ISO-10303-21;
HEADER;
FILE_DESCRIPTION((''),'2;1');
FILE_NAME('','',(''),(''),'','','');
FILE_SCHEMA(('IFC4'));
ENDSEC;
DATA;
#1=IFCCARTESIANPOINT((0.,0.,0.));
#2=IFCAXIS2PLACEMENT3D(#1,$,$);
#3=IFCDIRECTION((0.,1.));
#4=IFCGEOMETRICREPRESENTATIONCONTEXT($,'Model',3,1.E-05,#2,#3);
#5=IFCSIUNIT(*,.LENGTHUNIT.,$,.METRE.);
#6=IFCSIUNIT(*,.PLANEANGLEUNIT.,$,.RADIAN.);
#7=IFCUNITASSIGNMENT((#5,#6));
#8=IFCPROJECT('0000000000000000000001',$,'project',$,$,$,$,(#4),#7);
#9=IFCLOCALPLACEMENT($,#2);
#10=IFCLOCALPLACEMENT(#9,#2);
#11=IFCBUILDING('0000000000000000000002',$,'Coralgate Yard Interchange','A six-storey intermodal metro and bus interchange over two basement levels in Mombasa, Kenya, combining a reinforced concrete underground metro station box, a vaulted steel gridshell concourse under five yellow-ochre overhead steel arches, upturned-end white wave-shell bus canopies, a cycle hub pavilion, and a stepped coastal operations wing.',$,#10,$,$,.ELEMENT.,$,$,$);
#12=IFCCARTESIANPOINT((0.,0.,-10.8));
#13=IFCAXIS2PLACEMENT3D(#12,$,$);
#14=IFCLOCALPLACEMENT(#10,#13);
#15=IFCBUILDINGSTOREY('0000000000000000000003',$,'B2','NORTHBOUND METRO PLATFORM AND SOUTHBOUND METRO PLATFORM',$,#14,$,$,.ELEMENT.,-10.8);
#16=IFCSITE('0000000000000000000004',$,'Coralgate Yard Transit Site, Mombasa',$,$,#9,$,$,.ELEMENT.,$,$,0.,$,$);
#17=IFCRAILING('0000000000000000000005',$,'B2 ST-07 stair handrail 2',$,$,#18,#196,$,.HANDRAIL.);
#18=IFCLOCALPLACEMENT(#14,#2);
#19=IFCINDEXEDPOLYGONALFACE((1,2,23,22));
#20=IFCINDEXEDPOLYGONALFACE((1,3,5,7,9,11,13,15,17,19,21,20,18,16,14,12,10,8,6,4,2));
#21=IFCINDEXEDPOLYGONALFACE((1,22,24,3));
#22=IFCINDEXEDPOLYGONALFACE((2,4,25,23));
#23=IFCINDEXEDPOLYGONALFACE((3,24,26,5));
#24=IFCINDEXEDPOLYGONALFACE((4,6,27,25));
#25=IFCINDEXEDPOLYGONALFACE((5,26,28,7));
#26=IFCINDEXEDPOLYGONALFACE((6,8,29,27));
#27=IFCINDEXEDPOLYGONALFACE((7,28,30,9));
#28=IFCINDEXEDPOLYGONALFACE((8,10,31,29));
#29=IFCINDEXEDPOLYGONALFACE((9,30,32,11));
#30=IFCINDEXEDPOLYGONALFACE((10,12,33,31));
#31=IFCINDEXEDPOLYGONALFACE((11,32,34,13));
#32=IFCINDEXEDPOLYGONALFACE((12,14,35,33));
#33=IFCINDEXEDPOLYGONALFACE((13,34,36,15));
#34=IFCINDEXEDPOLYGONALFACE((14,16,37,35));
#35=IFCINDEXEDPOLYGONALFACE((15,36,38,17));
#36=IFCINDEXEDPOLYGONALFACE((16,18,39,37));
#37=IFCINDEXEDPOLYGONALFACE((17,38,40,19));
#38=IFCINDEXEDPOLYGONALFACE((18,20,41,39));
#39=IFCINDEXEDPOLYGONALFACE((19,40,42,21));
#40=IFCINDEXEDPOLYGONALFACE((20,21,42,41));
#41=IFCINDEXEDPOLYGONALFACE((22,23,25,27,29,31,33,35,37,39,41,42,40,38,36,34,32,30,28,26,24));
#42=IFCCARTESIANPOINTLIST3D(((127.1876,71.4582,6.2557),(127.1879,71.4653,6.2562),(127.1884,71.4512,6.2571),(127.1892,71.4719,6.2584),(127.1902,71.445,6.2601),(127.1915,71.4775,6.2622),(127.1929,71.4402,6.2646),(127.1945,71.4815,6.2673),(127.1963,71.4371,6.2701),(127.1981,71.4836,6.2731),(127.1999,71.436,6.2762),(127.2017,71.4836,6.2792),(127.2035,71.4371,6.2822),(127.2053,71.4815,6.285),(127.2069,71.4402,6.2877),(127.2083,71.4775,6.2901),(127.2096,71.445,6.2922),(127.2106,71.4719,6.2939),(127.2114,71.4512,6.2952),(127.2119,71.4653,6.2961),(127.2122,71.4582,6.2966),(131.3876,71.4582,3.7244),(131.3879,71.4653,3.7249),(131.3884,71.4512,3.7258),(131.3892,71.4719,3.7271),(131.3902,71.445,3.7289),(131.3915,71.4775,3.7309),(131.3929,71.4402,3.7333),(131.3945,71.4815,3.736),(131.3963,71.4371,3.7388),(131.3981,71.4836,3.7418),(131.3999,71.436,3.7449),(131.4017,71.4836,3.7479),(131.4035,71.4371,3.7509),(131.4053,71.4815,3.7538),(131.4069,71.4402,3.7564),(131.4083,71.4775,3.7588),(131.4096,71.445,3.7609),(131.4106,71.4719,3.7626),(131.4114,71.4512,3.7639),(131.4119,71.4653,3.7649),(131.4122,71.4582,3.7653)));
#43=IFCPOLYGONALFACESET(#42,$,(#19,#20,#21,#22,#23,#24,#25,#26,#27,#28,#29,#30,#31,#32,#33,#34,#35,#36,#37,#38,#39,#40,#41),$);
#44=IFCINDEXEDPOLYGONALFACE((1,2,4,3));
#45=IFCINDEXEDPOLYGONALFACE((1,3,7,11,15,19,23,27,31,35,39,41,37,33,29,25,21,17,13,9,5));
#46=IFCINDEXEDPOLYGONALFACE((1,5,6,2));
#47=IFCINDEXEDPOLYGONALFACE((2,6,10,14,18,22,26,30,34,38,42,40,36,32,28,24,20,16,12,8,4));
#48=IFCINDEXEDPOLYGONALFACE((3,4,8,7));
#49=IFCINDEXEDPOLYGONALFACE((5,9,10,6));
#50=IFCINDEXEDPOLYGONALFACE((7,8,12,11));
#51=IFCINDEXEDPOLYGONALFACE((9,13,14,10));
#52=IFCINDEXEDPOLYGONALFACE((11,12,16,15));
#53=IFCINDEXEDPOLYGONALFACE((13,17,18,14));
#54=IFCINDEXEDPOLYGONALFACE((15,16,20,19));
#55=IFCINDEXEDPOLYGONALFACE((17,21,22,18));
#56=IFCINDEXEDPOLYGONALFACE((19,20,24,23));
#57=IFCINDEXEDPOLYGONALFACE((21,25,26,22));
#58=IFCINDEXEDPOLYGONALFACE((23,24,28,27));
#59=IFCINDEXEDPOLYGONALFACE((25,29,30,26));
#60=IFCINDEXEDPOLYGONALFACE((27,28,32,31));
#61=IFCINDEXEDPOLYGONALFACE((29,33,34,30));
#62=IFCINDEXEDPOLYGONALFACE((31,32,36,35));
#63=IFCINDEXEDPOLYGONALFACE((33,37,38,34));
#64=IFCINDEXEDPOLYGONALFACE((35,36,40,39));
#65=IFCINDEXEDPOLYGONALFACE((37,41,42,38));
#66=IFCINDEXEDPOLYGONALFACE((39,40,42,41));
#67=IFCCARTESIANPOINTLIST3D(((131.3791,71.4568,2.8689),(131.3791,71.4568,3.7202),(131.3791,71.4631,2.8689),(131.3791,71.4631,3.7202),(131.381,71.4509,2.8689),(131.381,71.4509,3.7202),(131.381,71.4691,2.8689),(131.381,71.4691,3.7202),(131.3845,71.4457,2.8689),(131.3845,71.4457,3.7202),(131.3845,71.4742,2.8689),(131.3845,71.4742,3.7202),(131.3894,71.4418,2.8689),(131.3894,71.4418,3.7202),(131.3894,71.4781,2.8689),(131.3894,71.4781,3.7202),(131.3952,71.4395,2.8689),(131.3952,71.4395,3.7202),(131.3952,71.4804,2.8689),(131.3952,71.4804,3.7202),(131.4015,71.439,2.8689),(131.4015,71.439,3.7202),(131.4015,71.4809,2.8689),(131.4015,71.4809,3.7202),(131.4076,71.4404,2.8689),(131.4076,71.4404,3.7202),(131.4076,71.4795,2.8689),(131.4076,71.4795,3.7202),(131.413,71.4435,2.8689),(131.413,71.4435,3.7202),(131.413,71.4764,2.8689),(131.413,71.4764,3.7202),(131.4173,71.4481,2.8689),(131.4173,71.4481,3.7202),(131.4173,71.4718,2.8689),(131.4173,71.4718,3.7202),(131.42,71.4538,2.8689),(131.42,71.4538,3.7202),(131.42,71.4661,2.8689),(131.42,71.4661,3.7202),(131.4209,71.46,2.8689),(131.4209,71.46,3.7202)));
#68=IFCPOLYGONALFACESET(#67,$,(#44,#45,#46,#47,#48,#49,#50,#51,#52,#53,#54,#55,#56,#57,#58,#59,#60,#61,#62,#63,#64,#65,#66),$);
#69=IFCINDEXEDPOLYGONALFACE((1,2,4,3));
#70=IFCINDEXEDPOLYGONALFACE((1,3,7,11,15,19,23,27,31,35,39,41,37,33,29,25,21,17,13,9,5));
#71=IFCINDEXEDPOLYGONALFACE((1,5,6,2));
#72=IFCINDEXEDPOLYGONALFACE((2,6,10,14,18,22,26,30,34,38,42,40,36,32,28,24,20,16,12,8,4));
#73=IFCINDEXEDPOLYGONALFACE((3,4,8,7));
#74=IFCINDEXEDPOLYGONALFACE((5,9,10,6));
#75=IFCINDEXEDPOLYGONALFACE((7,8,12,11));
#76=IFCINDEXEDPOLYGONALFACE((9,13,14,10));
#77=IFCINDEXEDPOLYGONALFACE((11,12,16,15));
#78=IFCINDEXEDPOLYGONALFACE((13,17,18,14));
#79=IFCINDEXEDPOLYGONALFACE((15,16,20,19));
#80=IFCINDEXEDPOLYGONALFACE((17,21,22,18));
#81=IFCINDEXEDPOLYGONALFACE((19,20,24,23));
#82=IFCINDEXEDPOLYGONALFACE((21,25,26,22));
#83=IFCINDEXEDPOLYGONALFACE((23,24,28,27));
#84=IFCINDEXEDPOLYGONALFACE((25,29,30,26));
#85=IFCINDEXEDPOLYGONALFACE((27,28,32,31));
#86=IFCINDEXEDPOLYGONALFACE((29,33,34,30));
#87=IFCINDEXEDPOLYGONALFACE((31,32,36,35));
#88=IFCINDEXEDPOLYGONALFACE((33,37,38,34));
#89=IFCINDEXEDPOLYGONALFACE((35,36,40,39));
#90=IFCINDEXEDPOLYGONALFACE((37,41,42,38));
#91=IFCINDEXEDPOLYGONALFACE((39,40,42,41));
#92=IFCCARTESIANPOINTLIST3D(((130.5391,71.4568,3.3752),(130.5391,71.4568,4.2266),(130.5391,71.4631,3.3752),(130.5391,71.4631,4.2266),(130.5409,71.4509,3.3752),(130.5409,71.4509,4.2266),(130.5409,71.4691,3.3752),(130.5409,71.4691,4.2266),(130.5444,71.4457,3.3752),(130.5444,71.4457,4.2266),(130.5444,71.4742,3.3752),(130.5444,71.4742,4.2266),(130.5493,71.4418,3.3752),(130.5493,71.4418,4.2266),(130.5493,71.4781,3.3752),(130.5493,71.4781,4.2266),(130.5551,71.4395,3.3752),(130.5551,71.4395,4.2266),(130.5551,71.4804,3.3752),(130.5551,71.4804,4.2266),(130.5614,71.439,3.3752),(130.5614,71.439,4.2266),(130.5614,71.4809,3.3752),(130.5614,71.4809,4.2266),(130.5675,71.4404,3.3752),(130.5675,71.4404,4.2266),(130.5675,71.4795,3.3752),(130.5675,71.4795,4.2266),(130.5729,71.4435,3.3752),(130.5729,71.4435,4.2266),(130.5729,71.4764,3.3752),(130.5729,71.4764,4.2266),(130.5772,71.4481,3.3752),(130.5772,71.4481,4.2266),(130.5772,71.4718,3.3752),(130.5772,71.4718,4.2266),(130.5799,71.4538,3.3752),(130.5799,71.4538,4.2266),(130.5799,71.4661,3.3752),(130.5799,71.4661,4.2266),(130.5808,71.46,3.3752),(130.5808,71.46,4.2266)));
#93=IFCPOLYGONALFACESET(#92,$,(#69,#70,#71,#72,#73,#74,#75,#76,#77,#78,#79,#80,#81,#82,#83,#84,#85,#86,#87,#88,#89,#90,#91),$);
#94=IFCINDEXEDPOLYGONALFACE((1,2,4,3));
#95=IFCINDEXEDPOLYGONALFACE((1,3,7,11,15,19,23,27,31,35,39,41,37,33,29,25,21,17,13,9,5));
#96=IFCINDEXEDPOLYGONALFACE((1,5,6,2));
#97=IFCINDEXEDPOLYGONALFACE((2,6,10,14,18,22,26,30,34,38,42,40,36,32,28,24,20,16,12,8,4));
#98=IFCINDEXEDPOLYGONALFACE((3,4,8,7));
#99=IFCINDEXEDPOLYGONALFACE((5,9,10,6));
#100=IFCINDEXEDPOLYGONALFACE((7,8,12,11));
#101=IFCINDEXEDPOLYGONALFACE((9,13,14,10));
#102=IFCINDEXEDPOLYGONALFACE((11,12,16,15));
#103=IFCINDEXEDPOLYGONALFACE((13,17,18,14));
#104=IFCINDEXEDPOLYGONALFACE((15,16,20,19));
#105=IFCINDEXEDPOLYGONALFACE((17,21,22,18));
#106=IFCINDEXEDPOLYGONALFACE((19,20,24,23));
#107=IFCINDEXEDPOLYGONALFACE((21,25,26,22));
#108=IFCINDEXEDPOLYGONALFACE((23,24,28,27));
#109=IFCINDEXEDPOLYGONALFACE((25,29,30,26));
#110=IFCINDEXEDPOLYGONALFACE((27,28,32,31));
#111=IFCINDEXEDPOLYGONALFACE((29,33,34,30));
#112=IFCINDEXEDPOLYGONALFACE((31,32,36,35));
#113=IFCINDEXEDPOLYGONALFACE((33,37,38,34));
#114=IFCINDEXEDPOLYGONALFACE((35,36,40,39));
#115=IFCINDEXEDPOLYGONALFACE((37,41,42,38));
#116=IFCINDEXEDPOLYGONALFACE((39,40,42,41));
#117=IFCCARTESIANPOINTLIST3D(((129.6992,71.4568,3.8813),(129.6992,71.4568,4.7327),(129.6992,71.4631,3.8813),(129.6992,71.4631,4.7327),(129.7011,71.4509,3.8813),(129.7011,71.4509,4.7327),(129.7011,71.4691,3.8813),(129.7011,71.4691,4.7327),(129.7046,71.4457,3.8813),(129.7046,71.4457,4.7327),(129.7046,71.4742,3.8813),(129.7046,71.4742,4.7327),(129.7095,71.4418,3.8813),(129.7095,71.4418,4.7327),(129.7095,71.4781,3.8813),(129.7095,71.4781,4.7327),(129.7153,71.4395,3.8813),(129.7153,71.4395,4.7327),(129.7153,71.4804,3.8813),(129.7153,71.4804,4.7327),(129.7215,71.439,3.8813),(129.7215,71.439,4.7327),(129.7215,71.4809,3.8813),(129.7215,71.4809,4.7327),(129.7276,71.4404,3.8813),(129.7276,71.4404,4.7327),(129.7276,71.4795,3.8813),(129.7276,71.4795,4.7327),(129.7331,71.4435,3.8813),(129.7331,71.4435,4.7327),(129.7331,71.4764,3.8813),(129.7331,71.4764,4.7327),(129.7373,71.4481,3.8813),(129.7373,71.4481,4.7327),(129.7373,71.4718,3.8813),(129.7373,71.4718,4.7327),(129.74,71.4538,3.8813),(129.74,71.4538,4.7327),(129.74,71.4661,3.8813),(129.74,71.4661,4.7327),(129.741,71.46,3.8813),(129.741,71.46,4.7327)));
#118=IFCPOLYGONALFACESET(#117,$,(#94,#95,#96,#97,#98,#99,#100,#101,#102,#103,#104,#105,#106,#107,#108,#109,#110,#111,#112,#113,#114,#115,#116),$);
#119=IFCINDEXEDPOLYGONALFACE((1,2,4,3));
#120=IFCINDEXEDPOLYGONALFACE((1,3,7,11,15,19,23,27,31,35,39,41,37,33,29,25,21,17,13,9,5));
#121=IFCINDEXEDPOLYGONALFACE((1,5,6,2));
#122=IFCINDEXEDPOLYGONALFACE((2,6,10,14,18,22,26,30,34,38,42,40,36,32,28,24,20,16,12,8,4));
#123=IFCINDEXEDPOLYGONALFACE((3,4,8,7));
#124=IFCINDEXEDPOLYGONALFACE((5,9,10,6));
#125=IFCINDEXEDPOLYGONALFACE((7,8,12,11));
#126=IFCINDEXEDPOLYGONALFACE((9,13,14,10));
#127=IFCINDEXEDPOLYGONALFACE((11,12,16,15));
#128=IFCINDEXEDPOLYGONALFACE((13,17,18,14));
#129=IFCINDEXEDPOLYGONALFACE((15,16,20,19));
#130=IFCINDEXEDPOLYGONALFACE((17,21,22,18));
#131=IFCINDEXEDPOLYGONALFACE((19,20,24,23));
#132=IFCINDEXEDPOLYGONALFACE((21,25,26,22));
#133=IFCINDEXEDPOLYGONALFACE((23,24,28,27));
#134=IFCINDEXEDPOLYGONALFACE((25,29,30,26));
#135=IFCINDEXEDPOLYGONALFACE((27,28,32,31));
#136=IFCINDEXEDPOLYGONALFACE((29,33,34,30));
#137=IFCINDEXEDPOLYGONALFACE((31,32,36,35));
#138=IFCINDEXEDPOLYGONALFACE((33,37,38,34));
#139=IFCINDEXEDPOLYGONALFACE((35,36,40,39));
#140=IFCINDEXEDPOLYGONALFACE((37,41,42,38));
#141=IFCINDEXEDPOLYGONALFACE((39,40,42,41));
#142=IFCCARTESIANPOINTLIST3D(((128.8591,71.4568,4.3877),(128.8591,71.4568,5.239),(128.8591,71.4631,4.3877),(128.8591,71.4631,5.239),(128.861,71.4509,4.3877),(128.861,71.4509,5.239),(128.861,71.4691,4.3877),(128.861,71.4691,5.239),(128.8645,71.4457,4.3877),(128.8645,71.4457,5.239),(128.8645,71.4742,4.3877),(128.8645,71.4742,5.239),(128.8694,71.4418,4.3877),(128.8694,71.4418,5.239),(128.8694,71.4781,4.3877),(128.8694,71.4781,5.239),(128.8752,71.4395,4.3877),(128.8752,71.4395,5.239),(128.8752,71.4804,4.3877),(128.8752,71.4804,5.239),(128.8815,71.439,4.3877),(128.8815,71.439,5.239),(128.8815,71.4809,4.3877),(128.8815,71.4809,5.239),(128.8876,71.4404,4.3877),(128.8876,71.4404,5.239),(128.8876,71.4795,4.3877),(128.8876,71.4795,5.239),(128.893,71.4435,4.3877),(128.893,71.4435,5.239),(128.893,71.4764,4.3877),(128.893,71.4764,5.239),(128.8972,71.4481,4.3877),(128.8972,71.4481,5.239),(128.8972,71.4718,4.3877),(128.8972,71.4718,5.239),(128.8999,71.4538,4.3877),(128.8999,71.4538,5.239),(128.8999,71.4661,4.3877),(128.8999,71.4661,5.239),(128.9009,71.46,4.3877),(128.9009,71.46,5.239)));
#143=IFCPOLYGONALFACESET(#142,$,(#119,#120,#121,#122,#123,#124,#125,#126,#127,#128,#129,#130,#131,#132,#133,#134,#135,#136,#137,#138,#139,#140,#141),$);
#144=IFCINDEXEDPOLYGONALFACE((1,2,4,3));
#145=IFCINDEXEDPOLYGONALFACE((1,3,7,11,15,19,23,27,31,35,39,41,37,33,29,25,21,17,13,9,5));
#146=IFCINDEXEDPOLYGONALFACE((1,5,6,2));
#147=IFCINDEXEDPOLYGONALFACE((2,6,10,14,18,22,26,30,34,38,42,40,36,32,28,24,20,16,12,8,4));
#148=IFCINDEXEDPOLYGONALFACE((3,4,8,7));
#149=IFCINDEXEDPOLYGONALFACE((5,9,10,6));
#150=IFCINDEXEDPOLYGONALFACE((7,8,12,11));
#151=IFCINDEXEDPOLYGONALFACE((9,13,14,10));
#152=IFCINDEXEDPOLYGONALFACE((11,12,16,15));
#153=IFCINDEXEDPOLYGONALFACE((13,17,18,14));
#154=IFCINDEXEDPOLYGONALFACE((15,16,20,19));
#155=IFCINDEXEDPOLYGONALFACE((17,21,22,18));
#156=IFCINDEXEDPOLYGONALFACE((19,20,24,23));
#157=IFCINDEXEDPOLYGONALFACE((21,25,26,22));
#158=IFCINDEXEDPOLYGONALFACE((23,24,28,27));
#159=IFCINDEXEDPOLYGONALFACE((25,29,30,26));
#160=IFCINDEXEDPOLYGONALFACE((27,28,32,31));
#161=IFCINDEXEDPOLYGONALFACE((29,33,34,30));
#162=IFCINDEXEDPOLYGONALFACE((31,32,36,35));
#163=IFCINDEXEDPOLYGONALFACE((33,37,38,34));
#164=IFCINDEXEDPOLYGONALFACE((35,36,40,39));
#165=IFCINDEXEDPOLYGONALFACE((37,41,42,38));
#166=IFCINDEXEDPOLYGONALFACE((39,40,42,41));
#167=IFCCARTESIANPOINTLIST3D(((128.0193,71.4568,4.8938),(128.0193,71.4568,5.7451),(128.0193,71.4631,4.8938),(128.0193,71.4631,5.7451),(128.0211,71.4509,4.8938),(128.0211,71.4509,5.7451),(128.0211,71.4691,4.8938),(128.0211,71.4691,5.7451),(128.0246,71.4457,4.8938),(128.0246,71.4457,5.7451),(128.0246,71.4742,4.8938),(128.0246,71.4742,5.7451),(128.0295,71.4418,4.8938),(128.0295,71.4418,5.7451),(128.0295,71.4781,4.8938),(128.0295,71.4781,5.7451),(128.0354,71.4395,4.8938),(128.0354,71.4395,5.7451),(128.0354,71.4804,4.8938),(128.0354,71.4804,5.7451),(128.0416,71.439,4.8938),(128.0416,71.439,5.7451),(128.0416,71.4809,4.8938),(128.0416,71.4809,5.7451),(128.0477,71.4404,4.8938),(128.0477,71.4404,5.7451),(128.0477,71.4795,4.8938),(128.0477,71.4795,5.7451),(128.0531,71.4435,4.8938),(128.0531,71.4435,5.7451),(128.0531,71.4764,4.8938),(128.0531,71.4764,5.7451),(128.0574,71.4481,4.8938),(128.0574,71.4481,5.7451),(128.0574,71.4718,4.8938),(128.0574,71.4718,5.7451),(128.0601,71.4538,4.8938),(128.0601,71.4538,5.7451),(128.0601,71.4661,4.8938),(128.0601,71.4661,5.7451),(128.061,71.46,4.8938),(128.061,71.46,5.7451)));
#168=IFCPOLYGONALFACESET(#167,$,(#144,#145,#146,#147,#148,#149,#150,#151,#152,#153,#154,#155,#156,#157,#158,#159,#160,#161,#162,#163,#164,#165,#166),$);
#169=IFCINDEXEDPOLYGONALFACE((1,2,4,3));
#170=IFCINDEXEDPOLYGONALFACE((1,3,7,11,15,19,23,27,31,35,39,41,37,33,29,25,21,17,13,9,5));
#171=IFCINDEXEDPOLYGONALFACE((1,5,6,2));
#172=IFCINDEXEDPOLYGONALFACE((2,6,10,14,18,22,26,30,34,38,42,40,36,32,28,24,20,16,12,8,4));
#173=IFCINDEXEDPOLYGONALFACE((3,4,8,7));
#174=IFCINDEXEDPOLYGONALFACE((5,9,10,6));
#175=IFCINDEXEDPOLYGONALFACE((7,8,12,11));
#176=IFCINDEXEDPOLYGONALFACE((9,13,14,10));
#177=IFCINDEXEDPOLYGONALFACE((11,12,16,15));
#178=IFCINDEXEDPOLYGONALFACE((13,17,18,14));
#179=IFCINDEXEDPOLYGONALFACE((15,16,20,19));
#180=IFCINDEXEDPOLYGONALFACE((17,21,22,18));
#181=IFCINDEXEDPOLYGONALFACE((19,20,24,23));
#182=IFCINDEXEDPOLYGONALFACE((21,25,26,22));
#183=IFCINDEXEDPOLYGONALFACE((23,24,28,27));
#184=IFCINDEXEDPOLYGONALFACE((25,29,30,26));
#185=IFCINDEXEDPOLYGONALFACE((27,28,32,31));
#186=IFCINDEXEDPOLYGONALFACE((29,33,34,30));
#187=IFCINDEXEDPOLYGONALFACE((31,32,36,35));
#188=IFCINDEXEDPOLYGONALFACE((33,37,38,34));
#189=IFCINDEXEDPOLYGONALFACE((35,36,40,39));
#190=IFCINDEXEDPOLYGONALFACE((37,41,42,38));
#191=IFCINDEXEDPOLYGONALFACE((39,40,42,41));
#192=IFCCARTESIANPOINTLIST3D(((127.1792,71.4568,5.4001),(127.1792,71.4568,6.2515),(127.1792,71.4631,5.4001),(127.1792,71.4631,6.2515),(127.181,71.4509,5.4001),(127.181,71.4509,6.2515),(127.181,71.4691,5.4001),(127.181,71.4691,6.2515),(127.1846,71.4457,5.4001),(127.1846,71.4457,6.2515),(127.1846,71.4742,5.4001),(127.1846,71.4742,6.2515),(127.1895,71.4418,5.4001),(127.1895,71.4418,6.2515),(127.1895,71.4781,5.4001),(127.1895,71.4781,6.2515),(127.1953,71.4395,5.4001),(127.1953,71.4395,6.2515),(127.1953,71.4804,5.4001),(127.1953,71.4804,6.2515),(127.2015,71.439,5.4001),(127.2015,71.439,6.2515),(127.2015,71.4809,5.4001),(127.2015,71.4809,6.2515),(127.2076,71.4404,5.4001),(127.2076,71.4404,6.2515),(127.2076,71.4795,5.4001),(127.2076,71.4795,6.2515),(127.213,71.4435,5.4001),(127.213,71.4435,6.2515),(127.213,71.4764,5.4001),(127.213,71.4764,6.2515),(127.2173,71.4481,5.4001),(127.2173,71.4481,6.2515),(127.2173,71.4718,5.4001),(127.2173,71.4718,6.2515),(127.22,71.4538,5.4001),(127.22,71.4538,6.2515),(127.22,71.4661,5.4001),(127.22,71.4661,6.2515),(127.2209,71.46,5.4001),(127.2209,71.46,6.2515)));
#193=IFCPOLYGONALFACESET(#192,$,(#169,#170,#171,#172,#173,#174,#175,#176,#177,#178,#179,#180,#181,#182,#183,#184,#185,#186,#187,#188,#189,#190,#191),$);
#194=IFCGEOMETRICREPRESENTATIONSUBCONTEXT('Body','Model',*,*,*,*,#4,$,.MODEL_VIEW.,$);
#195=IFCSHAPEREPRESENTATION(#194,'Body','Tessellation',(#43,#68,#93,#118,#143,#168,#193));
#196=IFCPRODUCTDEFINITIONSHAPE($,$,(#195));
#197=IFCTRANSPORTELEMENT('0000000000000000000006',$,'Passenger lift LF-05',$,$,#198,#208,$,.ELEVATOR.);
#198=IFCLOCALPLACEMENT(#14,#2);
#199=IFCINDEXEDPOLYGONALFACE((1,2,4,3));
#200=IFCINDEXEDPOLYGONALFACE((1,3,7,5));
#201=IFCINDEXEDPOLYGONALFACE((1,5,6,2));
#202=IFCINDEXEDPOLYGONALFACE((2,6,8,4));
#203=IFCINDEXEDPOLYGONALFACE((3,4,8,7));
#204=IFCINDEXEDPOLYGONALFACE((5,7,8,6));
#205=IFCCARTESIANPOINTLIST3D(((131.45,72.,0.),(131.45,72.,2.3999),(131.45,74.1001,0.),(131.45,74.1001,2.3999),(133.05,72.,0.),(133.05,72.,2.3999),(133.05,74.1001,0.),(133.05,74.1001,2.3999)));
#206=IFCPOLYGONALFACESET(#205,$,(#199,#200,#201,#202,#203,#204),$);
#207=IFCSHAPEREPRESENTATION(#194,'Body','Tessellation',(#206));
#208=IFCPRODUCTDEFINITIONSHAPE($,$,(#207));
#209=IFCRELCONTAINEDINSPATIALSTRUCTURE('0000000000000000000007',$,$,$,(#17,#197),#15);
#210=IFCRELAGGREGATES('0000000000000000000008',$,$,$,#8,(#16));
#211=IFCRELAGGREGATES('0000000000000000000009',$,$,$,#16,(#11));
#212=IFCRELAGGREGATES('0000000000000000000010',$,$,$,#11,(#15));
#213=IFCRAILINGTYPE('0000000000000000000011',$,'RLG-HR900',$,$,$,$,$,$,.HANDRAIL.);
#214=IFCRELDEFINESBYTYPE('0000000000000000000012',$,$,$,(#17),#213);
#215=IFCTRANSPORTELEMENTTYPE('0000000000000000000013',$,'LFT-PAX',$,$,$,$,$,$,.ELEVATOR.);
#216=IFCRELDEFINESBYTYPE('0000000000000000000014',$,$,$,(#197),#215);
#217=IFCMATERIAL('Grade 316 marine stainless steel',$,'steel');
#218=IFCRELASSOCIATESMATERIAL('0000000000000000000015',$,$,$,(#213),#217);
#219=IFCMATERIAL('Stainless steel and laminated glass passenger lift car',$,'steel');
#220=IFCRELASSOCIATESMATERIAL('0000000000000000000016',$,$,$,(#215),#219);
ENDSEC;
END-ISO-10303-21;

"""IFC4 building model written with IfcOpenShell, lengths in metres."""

from ifc_helpers import new_model, si_unit, direction, frame, origin, origin_2d, place, context, subcontext, project, spatial, rectangle, circle, extrude, material, type_object, element, save


model = new_model("IFC4")

# Units and contexts
model_context = context("Model", 3, precision=1e-05, world=origin(), true_north=direction((0.0, 1.0)))
body_context = subcontext(model_context, "Body", "Model", "MODEL_VIEW")
ifc_project = project(units=[si_unit("LENGTHUNIT", "METRE"), si_unit("PLANEANGLEUNIT", "RADIAN")], contexts=[model_context])

# Site, building, storey
site_placement = place(None, origin())
site = spatial("IfcSite", under=ifc_project, at=site_placement, Name="Coralgate Yard Transit Site, Mombasa", CompositionType="ELEMENT", RefElevation=0.0)
building_placement = place(site_placement, origin())
building = spatial("IfcBuilding", under=site, at=building_placement, Name="Coralgate Yard Interchange", Description="A six-storey intermodal metro and bus interchange over two basement levels in Mombasa, Kenya, combining a reinforced concrete underground metro station box, a vaulted steel gridshell concourse under five yellow-ochre overhead steel arches, upturned-end white wave-shell bus canopies, a cycle hub pavilion, and a stepped coastal operations wing.", CompositionType="ELEMENT")
storey_placement = place(building_placement, frame((0.0, 0.0, -10.8)))
storey = spatial("IfcBuildingStorey", under=building, at=storey_placement, Name="B2", Description="NORTHBOUND METRO PLATFORM AND SOUTHBOUND METRO PLATFORM", CompositionType="ELEMENT", Elevation=-10.8)

# Railing
ifc_material_1 = material(Name="Grade 316 marine stainless steel", Category="steel")
railing_type_1 = type_object("IfcRailingType", Name="RLG-HR900", PredefinedType="HANDRAIL", material=ifc_material_1)
railing_1_placement = place(storey_placement, frame((131.3999, 71.46, 2.8689)))
element("IfcRailing", 1, at=railing_1_placement, inside=storey, type_object=railing_type_1, Name="B2 ST-07 stair handrail 2", PredefinedType="HANDRAIL", context=body_context, shape_type="SweptSolid", body=[
    extrude(circle(Radius=0.0239, at=origin_2d()), frame((0.0, 0.0, 0.876), z_axis=(-0.856476, 0.0, 0.516186), x_axis=(0.0, -1.0, 0.0)), (0.0, 0.0, 1.0), 4.9038),
    extrude(circle(Radius=0.021, at=origin_2d()), origin(), (0.0, 0.0, 1.0), 0.8513),
    extrude(circle(Radius=0.021, at=origin_2d()), frame((-0.8401, 0.0, 0.5063)), (0.0, 0.0, 1.0), 0.8513),
    extrude(circle(Radius=0.021, at=origin_2d()), frame((-1.6799, 0.0, 1.0125)), (0.0, 0.0, 1.0), 0.8513),
    extrude(circle(Radius=0.021, at=origin_2d()), frame((-2.52, 0.0, 1.5188)), (0.0, 0.0, 1.0), 0.8513),
    extrude(circle(Radius=0.021, at=origin_2d()), frame((-3.3599, 0.0, 2.0249)), (0.0, 0.0, 1.0), 0.8513),
    extrude(circle(Radius=0.021, at=origin_2d()), frame((-4.2, 0.0, 2.5312)), (0.0, 0.0, 1.0), 0.8513),
])

# Transport element
ifc_material_2 = material(Name="Stainless steel and laminated glass passenger lift car", Category="steel")
transport_element_type = type_object("IfcTransportElementType", Name="LFT-PAX", PredefinedType="ELEVATOR", material=ifc_material_2)
transport_element_placement = place(storey_placement, frame((132.25, 73.05, 0.0), z_axis=(0.0, 0.0, 1.0), x_axis=(1.0, 0.0, 0.0)))
element("IfcTransportElement", 2, at=transport_element_placement, inside=storey, type_object=transport_element_type, Name="Passenger lift LF-05", PredefinedType="ELEVATOR", context=body_context, shape_type="SweptSolid", body=[
    extrude(rectangle(XDim=1.6001, YDim=2.1001, at=origin_2d()), origin(), (0.0, 0.0, 1.0), 2.3999),
])

save(model, "model.ifc")
